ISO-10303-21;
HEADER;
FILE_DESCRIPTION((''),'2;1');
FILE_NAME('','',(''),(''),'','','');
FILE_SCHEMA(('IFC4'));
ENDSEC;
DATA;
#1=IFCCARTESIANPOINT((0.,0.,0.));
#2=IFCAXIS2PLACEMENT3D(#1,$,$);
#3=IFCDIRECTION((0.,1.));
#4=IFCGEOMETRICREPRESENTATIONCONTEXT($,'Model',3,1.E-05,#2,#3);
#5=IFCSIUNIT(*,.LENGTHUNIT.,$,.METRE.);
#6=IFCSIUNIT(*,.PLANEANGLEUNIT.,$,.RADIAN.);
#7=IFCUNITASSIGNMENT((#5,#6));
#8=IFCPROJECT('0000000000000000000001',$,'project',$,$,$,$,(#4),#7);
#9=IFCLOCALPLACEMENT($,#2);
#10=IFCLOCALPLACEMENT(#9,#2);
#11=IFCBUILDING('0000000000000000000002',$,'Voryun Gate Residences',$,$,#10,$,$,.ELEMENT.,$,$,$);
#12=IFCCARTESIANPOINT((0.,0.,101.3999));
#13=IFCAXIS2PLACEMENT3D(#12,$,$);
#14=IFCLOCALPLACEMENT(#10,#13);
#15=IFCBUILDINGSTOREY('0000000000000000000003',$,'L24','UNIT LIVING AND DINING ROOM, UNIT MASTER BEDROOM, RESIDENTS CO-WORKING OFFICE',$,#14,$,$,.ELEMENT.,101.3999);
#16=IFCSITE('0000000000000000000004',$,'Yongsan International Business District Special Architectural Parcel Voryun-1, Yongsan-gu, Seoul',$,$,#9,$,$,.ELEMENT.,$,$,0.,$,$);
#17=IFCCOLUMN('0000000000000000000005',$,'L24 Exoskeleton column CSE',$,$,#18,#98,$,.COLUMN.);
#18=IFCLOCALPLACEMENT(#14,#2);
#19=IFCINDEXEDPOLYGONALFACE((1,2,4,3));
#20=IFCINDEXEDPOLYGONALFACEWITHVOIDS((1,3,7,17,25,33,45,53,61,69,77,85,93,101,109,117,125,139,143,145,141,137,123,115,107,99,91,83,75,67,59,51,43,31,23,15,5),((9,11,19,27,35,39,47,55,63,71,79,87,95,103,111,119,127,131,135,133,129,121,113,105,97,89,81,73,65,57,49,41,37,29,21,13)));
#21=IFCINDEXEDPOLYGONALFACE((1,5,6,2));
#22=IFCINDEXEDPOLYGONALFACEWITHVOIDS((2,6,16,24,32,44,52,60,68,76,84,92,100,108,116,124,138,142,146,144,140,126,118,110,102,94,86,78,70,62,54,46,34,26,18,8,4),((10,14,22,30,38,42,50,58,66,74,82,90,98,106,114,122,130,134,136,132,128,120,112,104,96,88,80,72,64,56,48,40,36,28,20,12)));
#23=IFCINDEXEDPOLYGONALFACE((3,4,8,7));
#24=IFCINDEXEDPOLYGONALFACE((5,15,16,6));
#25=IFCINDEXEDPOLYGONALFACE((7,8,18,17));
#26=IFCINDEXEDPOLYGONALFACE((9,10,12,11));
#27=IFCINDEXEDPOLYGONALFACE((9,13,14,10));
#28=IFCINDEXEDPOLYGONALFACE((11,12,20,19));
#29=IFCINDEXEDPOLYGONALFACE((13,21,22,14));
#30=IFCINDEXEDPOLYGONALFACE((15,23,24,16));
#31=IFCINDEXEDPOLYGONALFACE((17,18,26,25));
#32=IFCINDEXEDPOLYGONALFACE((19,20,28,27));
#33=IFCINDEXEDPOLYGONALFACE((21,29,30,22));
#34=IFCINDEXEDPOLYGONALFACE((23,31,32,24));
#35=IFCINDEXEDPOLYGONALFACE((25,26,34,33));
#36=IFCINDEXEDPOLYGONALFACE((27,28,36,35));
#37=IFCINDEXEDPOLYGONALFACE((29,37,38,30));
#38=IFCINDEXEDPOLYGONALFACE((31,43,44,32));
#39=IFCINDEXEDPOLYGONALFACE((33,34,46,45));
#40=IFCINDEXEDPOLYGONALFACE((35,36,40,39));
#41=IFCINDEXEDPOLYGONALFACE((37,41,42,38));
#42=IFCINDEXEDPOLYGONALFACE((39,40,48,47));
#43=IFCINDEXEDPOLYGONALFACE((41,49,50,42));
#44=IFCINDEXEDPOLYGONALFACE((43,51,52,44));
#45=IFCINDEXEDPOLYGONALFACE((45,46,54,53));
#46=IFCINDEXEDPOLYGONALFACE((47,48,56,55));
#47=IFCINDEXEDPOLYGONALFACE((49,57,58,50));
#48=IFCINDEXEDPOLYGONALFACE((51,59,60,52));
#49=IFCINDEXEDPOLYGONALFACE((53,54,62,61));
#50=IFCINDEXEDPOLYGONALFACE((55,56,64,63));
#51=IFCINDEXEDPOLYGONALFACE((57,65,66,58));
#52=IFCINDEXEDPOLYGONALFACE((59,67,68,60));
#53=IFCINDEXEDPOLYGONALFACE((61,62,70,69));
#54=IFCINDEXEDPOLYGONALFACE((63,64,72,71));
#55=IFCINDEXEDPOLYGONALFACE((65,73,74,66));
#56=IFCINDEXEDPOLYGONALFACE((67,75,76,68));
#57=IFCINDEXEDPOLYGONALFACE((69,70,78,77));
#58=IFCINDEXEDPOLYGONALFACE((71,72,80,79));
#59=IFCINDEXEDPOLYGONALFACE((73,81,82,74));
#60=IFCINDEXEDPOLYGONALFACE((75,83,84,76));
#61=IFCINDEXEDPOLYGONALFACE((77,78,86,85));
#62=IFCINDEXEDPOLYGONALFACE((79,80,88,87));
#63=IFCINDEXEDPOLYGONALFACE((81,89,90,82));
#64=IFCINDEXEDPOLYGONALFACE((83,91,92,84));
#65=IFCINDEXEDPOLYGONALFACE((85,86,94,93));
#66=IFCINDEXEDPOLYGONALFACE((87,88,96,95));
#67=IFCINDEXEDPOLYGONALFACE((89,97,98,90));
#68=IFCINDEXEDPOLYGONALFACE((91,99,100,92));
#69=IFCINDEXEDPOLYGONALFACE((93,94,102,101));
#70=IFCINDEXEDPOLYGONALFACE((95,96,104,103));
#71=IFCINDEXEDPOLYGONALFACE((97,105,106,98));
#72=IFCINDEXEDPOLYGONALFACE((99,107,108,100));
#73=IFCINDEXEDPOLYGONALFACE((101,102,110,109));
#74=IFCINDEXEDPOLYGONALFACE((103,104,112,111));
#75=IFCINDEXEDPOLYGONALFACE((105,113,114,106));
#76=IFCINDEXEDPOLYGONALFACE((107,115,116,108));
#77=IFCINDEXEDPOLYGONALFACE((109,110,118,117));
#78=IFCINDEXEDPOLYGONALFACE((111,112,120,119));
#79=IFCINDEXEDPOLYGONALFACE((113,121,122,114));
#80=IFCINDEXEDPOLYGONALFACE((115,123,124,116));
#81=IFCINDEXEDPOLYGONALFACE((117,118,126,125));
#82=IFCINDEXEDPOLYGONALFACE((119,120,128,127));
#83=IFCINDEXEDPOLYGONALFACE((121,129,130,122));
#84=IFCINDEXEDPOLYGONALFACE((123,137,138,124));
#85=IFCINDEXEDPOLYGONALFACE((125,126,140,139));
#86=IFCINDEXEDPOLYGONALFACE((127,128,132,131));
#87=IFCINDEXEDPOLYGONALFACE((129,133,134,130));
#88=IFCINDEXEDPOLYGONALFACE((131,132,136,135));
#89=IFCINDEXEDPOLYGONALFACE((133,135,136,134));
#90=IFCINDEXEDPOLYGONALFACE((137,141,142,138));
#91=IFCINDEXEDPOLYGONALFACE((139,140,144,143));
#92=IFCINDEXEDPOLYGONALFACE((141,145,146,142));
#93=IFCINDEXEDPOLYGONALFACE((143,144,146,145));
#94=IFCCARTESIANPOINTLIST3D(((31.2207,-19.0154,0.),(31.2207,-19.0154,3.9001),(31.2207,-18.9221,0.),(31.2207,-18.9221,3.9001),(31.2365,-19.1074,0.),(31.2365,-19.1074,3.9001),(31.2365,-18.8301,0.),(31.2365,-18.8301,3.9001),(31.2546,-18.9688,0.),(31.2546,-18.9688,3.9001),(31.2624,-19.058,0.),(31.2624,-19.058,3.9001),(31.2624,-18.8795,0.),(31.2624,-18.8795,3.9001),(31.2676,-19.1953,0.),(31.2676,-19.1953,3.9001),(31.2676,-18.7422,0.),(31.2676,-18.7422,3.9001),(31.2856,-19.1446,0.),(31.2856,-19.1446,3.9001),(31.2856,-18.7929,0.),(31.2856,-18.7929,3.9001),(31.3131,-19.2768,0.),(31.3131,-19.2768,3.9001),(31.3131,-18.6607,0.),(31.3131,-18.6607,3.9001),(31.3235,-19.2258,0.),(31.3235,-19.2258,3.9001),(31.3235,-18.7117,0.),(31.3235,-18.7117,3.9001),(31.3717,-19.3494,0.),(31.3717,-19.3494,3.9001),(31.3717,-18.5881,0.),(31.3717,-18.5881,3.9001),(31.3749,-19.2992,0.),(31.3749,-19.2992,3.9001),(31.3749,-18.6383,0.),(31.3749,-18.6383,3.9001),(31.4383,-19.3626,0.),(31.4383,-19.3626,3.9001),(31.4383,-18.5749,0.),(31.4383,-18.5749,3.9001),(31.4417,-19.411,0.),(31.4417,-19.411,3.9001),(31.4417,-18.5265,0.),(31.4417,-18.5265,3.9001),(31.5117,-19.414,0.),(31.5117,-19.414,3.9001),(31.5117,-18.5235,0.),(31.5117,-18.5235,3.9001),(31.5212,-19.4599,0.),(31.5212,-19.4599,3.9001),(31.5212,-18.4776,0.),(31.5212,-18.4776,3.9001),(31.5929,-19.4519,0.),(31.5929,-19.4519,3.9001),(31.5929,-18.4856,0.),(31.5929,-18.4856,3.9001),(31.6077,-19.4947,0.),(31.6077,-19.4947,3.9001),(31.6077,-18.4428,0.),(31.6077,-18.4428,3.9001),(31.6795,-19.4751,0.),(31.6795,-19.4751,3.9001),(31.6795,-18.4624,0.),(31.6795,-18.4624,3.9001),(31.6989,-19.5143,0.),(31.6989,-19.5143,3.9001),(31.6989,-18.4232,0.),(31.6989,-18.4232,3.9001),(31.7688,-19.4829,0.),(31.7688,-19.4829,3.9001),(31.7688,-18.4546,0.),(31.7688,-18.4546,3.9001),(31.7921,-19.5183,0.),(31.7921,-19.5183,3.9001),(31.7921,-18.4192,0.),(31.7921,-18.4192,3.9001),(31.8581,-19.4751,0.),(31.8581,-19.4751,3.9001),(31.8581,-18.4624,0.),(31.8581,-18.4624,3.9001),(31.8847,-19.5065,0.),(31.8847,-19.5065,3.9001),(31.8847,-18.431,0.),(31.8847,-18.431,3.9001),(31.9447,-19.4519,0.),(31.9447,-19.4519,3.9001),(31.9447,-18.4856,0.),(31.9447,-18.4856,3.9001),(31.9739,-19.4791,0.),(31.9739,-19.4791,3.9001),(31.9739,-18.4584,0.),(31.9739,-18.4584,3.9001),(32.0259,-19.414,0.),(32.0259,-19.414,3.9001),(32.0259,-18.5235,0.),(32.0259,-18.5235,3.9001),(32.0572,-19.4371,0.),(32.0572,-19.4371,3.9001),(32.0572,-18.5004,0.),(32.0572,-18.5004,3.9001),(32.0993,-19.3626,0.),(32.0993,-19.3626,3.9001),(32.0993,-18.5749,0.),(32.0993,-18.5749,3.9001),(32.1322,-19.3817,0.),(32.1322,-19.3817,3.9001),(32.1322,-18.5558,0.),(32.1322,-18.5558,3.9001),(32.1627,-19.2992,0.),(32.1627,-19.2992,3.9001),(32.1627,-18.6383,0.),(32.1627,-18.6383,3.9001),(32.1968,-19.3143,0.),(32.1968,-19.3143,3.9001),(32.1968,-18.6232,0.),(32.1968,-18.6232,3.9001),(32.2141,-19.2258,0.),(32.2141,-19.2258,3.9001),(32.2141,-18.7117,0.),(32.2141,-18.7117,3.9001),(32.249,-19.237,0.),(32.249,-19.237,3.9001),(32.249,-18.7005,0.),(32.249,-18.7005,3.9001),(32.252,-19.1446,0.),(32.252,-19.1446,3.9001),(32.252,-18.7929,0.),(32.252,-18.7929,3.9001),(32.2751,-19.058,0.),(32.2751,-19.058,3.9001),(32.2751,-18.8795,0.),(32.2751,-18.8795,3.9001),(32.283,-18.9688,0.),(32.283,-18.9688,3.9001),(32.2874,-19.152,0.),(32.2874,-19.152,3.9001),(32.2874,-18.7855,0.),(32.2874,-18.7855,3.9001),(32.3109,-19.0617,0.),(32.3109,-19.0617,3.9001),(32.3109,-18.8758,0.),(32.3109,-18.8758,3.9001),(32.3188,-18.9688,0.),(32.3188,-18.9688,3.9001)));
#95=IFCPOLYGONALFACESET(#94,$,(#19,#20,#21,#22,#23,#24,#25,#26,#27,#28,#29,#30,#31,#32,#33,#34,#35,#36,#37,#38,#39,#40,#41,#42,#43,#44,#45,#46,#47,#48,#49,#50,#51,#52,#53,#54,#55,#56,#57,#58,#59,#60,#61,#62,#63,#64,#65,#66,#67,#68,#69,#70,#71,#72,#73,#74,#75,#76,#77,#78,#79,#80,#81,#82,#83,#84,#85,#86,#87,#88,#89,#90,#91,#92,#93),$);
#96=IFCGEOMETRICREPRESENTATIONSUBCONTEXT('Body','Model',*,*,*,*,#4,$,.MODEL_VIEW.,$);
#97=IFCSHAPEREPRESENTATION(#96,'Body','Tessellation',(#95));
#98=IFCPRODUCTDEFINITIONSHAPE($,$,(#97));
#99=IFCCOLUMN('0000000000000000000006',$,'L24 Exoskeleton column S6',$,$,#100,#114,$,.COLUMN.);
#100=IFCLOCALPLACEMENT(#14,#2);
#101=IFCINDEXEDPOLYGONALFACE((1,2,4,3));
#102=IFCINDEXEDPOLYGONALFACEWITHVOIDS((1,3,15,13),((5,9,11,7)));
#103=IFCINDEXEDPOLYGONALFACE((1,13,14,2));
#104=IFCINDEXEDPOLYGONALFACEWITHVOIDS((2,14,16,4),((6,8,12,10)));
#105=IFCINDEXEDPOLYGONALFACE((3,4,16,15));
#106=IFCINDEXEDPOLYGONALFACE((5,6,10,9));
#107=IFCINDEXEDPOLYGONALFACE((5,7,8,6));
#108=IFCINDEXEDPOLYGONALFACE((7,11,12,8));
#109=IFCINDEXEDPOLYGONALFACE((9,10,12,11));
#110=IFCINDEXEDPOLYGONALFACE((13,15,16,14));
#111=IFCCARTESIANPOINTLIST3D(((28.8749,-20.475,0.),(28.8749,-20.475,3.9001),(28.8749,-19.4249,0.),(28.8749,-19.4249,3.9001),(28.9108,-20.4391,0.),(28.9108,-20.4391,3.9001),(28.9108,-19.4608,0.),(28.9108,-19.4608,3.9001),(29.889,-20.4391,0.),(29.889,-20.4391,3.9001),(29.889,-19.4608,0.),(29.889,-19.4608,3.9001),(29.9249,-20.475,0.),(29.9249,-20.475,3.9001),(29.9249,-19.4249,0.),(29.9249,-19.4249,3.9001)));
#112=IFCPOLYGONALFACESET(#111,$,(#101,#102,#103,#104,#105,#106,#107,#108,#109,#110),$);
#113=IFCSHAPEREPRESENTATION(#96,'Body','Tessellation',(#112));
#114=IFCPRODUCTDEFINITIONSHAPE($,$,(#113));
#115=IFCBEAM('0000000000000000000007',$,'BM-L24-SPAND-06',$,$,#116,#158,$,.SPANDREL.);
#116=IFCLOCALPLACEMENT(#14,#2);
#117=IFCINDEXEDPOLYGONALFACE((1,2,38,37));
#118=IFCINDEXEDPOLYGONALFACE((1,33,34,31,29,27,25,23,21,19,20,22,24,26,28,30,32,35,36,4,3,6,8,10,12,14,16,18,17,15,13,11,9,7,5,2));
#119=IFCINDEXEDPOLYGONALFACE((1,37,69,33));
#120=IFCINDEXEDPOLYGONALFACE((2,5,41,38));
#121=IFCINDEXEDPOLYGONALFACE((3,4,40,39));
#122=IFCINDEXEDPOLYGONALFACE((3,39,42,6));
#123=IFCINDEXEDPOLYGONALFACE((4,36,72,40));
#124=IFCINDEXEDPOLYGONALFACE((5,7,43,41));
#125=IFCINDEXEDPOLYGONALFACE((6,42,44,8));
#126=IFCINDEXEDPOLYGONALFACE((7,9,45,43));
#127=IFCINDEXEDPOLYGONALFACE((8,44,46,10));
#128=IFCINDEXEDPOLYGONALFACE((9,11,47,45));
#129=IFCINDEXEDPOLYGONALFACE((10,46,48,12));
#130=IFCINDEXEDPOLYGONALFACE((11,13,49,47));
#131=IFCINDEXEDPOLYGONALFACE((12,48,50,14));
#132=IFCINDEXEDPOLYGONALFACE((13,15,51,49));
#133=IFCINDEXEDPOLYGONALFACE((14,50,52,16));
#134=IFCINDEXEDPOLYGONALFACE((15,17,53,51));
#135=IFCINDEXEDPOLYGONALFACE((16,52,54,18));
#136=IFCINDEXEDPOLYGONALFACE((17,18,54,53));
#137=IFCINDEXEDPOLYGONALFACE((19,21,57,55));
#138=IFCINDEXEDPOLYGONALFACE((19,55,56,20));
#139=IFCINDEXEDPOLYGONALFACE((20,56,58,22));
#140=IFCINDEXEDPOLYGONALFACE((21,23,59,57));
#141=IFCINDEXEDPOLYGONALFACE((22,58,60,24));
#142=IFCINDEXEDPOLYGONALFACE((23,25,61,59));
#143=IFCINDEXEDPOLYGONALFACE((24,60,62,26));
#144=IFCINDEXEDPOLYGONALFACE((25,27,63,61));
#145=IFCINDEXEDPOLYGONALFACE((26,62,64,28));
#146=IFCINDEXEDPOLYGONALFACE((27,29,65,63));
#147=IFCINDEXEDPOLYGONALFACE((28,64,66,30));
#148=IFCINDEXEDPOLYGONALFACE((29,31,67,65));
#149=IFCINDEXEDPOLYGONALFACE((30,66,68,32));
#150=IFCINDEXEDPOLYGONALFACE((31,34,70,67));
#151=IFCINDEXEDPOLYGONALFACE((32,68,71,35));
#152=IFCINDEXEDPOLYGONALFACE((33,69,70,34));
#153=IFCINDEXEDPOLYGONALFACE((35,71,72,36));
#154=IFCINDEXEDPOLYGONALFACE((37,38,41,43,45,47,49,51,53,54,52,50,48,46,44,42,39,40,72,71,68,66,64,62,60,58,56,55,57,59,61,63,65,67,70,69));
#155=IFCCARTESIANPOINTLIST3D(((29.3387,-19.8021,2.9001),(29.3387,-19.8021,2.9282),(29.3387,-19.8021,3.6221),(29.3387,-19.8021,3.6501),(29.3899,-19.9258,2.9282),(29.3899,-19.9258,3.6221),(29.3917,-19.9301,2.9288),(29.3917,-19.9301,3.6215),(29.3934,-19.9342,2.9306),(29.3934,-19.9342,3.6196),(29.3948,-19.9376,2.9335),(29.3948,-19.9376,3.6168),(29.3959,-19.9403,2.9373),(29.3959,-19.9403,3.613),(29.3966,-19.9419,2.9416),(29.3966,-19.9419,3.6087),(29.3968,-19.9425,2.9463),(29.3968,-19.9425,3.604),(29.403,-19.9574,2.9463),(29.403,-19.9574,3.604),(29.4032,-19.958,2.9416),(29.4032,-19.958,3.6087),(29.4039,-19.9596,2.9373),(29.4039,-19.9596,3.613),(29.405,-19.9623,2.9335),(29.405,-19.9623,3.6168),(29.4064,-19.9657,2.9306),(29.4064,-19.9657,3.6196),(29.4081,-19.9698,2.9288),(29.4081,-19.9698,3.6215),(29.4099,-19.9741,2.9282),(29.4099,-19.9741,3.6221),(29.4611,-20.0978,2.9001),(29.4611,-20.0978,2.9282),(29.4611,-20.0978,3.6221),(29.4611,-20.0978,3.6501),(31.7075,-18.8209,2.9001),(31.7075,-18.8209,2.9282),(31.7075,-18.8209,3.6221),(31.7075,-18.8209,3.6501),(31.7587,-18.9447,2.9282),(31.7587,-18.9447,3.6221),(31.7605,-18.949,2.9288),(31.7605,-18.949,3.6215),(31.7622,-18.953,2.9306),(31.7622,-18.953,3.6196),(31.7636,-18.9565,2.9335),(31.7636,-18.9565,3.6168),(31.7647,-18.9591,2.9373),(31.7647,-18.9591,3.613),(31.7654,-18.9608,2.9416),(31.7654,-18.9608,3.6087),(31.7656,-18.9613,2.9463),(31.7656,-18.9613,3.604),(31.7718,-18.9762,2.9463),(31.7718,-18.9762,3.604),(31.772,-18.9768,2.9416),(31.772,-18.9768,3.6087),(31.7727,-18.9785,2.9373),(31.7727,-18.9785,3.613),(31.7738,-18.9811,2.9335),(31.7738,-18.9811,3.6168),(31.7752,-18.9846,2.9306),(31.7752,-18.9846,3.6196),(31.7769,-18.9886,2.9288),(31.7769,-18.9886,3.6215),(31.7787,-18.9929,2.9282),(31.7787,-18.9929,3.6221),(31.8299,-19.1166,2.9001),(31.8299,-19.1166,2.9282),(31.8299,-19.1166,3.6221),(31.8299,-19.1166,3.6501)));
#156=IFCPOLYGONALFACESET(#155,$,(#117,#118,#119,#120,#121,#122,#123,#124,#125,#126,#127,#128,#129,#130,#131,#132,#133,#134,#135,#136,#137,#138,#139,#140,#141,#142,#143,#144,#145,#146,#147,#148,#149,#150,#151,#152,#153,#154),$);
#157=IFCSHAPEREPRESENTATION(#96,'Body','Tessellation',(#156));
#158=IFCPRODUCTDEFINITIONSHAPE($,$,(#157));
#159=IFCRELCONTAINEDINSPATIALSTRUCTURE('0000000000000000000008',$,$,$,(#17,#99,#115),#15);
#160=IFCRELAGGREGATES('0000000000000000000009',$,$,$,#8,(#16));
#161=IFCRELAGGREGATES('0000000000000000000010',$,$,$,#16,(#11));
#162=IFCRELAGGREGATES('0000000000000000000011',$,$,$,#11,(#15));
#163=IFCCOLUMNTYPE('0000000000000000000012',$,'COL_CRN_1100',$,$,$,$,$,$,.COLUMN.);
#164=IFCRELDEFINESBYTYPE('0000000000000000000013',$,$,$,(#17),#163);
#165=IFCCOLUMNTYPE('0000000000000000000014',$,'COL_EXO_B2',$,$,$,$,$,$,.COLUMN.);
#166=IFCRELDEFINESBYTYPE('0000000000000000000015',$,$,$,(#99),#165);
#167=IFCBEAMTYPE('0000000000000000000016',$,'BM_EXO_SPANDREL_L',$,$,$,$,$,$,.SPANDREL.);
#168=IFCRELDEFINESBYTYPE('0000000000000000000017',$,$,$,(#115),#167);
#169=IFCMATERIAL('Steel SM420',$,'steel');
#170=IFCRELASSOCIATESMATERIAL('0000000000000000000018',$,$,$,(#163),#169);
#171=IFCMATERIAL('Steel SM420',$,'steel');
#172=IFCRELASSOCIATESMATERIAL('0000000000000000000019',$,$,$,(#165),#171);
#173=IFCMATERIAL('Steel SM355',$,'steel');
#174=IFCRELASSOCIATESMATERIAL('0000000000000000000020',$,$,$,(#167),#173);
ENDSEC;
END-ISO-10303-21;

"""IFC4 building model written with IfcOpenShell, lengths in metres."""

from ifc_helpers import new_model, si_unit, direction, frame, origin, origin_2d, place, context, subcontext, project, spatial, hollow_rectangle, hollow_circle, i_section, extrude, material, material_profile, profile_set, type_object, element, save


model = new_model("IFC4")

# Units and contexts
model_context = context("Model", 3, precision=1e-05, world=origin(), true_north=direction((0.0, 1.0)))
body_context = subcontext(model_context, "Body", "Model", "MODEL_VIEW")
ifc_project = project(units=[si_unit("LENGTHUNIT", "METRE"), si_unit("PLANEANGLEUNIT", "RADIAN")], contexts=[model_context])

# Site, building, storey
site_placement = place(None, origin())
site = spatial("IfcSite", under=ifc_project, at=site_placement, Name="Yongsan International Business District Special Architectural Parcel Voryun-1, Yongsan-gu, Seoul", CompositionType="ELEMENT", RefElevation=0.0)
building_placement = place(site_placement, origin())
building = spatial("IfcBuilding", under=site, at=building_placement, Name="Voryun Gate Residences", CompositionType="ELEMENT")
storey_placement = place(building_placement, frame((0.0, 0.0, 101.3999)))
storey = spatial("IfcBuildingStorey", under=building, at=storey_placement, Name="L24", Description="UNIT LIVING AND DINING ROOM, UNIT MASTER BEDROOM, RESIDENTS CO-WORKING OFFICE", CompositionType="ELEMENT", Elevation=101.3999)

# Columns
ifc_material_1 = material(Name="Steel SM420", Category="steel")
ifc_material_profile_1 = material_profile(ifc_material_1, hollow_circle(Radius=0.55, WallThickness=0.0359, at=origin_2d()), Name="CHS-1100x36")
ifc_profile_set_1 = profile_set([ifc_material_profile_1], Name="Steel SM420")
column_type_1 = type_object("IfcColumnType", Name="COL_CRN_1100", PredefinedType="COLUMN", material=ifc_profile_set_1)
column_1_placement = place(storey_placement, frame((31.7688, -18.9688, 0.0), z_axis=(0.0, 0.0, 1.0), x_axis=(1.0, 0.0, 0.0)))
element("IfcColumn", 1, at=column_1_placement, inside=storey, type_object=column_type_1, Name="L24 Exoskeleton column CSE", PredefinedType="COLUMN", context=body_context, shape_type="SweptSolid", body=[
    extrude(hollow_circle(Radius=0.55, WallThickness=0.0359, at=origin_2d()), origin(), (0.0, 0.0, 1.0), 3.9001),
])
ifc_material_2 = material(Name="Steel SM420", Category="steel")
ifc_material_profile_2 = material_profile(ifc_material_2, hollow_rectangle(XDim=1.05, YDim=1.05, WallThickness=0.0359, at=origin_2d()), Name="BOX-1050x1050x36")
ifc_profile_set_2 = profile_set([ifc_material_profile_2], Name="Steel SM420")
column_type_2 = type_object("IfcColumnType", Name="COL_EXO_B2", PredefinedType="COLUMN", material=ifc_profile_set_2)
column_2_placement = place(storey_placement, frame((29.3999, -19.95, 0.0), z_axis=(0.0, 0.0, 1.0), x_axis=(1.0, 0.0, 0.0)))
element("IfcColumn", 2, at=column_2_placement, inside=storey, type_object=column_type_2, Name="L24 Exoskeleton column S6", PredefinedType="COLUMN", context=body_context, shape_type="SweptSolid", body=[
    extrude(hollow_rectangle(XDim=1.05, YDim=1.05, WallThickness=0.0359, at=origin_2d()), origin(), (0.0, 0.0, 1.0), 3.9001),
])

# Beam
ifc_material_3 = material(Name="Steel SM355", Category="steel")
ifc_material_profile_3 = material_profile(ifc_material_3, i_section(OverallWidth=0.3201, OverallDepth=0.75, WebThickness=0.0161, FlangeThickness=0.0281, FilletRadius=0.0181, at=origin_2d()), Name="H-750x320x16x28")
ifc_profile_set_3 = profile_set([ifc_material_profile_3], Name="Steel SM355")
beam_type = type_object("IfcBeamType", Name="BM_EXO_SPANDREL_L", PredefinedType="SPANDREL", material=ifc_profile_set_3)
beam_1_placement = place(storey_placement, frame((29.3999, -19.95, 3.2751), z_axis=(0.923883, 0.382674, 0.0), x_axis=(-0.382674, 0.923883, 0.0)))
element("IfcBeam", 3, at=beam_1_placement, inside=storey, type_object=beam_type, Name="BM-L24-SPAND-06", PredefinedType="SPANDREL", context=body_context, shape_type="SweptSolid", body=[
    extrude(i_section(OverallWidth=0.3201, OverallDepth=0.75, WebThickness=0.0161, FlangeThickness=0.0281, FilletRadius=0.0181, at=origin_2d()), origin(), (0.0, 0.0, 1.0), 2.564),
])

save(model, "model.ifc")
